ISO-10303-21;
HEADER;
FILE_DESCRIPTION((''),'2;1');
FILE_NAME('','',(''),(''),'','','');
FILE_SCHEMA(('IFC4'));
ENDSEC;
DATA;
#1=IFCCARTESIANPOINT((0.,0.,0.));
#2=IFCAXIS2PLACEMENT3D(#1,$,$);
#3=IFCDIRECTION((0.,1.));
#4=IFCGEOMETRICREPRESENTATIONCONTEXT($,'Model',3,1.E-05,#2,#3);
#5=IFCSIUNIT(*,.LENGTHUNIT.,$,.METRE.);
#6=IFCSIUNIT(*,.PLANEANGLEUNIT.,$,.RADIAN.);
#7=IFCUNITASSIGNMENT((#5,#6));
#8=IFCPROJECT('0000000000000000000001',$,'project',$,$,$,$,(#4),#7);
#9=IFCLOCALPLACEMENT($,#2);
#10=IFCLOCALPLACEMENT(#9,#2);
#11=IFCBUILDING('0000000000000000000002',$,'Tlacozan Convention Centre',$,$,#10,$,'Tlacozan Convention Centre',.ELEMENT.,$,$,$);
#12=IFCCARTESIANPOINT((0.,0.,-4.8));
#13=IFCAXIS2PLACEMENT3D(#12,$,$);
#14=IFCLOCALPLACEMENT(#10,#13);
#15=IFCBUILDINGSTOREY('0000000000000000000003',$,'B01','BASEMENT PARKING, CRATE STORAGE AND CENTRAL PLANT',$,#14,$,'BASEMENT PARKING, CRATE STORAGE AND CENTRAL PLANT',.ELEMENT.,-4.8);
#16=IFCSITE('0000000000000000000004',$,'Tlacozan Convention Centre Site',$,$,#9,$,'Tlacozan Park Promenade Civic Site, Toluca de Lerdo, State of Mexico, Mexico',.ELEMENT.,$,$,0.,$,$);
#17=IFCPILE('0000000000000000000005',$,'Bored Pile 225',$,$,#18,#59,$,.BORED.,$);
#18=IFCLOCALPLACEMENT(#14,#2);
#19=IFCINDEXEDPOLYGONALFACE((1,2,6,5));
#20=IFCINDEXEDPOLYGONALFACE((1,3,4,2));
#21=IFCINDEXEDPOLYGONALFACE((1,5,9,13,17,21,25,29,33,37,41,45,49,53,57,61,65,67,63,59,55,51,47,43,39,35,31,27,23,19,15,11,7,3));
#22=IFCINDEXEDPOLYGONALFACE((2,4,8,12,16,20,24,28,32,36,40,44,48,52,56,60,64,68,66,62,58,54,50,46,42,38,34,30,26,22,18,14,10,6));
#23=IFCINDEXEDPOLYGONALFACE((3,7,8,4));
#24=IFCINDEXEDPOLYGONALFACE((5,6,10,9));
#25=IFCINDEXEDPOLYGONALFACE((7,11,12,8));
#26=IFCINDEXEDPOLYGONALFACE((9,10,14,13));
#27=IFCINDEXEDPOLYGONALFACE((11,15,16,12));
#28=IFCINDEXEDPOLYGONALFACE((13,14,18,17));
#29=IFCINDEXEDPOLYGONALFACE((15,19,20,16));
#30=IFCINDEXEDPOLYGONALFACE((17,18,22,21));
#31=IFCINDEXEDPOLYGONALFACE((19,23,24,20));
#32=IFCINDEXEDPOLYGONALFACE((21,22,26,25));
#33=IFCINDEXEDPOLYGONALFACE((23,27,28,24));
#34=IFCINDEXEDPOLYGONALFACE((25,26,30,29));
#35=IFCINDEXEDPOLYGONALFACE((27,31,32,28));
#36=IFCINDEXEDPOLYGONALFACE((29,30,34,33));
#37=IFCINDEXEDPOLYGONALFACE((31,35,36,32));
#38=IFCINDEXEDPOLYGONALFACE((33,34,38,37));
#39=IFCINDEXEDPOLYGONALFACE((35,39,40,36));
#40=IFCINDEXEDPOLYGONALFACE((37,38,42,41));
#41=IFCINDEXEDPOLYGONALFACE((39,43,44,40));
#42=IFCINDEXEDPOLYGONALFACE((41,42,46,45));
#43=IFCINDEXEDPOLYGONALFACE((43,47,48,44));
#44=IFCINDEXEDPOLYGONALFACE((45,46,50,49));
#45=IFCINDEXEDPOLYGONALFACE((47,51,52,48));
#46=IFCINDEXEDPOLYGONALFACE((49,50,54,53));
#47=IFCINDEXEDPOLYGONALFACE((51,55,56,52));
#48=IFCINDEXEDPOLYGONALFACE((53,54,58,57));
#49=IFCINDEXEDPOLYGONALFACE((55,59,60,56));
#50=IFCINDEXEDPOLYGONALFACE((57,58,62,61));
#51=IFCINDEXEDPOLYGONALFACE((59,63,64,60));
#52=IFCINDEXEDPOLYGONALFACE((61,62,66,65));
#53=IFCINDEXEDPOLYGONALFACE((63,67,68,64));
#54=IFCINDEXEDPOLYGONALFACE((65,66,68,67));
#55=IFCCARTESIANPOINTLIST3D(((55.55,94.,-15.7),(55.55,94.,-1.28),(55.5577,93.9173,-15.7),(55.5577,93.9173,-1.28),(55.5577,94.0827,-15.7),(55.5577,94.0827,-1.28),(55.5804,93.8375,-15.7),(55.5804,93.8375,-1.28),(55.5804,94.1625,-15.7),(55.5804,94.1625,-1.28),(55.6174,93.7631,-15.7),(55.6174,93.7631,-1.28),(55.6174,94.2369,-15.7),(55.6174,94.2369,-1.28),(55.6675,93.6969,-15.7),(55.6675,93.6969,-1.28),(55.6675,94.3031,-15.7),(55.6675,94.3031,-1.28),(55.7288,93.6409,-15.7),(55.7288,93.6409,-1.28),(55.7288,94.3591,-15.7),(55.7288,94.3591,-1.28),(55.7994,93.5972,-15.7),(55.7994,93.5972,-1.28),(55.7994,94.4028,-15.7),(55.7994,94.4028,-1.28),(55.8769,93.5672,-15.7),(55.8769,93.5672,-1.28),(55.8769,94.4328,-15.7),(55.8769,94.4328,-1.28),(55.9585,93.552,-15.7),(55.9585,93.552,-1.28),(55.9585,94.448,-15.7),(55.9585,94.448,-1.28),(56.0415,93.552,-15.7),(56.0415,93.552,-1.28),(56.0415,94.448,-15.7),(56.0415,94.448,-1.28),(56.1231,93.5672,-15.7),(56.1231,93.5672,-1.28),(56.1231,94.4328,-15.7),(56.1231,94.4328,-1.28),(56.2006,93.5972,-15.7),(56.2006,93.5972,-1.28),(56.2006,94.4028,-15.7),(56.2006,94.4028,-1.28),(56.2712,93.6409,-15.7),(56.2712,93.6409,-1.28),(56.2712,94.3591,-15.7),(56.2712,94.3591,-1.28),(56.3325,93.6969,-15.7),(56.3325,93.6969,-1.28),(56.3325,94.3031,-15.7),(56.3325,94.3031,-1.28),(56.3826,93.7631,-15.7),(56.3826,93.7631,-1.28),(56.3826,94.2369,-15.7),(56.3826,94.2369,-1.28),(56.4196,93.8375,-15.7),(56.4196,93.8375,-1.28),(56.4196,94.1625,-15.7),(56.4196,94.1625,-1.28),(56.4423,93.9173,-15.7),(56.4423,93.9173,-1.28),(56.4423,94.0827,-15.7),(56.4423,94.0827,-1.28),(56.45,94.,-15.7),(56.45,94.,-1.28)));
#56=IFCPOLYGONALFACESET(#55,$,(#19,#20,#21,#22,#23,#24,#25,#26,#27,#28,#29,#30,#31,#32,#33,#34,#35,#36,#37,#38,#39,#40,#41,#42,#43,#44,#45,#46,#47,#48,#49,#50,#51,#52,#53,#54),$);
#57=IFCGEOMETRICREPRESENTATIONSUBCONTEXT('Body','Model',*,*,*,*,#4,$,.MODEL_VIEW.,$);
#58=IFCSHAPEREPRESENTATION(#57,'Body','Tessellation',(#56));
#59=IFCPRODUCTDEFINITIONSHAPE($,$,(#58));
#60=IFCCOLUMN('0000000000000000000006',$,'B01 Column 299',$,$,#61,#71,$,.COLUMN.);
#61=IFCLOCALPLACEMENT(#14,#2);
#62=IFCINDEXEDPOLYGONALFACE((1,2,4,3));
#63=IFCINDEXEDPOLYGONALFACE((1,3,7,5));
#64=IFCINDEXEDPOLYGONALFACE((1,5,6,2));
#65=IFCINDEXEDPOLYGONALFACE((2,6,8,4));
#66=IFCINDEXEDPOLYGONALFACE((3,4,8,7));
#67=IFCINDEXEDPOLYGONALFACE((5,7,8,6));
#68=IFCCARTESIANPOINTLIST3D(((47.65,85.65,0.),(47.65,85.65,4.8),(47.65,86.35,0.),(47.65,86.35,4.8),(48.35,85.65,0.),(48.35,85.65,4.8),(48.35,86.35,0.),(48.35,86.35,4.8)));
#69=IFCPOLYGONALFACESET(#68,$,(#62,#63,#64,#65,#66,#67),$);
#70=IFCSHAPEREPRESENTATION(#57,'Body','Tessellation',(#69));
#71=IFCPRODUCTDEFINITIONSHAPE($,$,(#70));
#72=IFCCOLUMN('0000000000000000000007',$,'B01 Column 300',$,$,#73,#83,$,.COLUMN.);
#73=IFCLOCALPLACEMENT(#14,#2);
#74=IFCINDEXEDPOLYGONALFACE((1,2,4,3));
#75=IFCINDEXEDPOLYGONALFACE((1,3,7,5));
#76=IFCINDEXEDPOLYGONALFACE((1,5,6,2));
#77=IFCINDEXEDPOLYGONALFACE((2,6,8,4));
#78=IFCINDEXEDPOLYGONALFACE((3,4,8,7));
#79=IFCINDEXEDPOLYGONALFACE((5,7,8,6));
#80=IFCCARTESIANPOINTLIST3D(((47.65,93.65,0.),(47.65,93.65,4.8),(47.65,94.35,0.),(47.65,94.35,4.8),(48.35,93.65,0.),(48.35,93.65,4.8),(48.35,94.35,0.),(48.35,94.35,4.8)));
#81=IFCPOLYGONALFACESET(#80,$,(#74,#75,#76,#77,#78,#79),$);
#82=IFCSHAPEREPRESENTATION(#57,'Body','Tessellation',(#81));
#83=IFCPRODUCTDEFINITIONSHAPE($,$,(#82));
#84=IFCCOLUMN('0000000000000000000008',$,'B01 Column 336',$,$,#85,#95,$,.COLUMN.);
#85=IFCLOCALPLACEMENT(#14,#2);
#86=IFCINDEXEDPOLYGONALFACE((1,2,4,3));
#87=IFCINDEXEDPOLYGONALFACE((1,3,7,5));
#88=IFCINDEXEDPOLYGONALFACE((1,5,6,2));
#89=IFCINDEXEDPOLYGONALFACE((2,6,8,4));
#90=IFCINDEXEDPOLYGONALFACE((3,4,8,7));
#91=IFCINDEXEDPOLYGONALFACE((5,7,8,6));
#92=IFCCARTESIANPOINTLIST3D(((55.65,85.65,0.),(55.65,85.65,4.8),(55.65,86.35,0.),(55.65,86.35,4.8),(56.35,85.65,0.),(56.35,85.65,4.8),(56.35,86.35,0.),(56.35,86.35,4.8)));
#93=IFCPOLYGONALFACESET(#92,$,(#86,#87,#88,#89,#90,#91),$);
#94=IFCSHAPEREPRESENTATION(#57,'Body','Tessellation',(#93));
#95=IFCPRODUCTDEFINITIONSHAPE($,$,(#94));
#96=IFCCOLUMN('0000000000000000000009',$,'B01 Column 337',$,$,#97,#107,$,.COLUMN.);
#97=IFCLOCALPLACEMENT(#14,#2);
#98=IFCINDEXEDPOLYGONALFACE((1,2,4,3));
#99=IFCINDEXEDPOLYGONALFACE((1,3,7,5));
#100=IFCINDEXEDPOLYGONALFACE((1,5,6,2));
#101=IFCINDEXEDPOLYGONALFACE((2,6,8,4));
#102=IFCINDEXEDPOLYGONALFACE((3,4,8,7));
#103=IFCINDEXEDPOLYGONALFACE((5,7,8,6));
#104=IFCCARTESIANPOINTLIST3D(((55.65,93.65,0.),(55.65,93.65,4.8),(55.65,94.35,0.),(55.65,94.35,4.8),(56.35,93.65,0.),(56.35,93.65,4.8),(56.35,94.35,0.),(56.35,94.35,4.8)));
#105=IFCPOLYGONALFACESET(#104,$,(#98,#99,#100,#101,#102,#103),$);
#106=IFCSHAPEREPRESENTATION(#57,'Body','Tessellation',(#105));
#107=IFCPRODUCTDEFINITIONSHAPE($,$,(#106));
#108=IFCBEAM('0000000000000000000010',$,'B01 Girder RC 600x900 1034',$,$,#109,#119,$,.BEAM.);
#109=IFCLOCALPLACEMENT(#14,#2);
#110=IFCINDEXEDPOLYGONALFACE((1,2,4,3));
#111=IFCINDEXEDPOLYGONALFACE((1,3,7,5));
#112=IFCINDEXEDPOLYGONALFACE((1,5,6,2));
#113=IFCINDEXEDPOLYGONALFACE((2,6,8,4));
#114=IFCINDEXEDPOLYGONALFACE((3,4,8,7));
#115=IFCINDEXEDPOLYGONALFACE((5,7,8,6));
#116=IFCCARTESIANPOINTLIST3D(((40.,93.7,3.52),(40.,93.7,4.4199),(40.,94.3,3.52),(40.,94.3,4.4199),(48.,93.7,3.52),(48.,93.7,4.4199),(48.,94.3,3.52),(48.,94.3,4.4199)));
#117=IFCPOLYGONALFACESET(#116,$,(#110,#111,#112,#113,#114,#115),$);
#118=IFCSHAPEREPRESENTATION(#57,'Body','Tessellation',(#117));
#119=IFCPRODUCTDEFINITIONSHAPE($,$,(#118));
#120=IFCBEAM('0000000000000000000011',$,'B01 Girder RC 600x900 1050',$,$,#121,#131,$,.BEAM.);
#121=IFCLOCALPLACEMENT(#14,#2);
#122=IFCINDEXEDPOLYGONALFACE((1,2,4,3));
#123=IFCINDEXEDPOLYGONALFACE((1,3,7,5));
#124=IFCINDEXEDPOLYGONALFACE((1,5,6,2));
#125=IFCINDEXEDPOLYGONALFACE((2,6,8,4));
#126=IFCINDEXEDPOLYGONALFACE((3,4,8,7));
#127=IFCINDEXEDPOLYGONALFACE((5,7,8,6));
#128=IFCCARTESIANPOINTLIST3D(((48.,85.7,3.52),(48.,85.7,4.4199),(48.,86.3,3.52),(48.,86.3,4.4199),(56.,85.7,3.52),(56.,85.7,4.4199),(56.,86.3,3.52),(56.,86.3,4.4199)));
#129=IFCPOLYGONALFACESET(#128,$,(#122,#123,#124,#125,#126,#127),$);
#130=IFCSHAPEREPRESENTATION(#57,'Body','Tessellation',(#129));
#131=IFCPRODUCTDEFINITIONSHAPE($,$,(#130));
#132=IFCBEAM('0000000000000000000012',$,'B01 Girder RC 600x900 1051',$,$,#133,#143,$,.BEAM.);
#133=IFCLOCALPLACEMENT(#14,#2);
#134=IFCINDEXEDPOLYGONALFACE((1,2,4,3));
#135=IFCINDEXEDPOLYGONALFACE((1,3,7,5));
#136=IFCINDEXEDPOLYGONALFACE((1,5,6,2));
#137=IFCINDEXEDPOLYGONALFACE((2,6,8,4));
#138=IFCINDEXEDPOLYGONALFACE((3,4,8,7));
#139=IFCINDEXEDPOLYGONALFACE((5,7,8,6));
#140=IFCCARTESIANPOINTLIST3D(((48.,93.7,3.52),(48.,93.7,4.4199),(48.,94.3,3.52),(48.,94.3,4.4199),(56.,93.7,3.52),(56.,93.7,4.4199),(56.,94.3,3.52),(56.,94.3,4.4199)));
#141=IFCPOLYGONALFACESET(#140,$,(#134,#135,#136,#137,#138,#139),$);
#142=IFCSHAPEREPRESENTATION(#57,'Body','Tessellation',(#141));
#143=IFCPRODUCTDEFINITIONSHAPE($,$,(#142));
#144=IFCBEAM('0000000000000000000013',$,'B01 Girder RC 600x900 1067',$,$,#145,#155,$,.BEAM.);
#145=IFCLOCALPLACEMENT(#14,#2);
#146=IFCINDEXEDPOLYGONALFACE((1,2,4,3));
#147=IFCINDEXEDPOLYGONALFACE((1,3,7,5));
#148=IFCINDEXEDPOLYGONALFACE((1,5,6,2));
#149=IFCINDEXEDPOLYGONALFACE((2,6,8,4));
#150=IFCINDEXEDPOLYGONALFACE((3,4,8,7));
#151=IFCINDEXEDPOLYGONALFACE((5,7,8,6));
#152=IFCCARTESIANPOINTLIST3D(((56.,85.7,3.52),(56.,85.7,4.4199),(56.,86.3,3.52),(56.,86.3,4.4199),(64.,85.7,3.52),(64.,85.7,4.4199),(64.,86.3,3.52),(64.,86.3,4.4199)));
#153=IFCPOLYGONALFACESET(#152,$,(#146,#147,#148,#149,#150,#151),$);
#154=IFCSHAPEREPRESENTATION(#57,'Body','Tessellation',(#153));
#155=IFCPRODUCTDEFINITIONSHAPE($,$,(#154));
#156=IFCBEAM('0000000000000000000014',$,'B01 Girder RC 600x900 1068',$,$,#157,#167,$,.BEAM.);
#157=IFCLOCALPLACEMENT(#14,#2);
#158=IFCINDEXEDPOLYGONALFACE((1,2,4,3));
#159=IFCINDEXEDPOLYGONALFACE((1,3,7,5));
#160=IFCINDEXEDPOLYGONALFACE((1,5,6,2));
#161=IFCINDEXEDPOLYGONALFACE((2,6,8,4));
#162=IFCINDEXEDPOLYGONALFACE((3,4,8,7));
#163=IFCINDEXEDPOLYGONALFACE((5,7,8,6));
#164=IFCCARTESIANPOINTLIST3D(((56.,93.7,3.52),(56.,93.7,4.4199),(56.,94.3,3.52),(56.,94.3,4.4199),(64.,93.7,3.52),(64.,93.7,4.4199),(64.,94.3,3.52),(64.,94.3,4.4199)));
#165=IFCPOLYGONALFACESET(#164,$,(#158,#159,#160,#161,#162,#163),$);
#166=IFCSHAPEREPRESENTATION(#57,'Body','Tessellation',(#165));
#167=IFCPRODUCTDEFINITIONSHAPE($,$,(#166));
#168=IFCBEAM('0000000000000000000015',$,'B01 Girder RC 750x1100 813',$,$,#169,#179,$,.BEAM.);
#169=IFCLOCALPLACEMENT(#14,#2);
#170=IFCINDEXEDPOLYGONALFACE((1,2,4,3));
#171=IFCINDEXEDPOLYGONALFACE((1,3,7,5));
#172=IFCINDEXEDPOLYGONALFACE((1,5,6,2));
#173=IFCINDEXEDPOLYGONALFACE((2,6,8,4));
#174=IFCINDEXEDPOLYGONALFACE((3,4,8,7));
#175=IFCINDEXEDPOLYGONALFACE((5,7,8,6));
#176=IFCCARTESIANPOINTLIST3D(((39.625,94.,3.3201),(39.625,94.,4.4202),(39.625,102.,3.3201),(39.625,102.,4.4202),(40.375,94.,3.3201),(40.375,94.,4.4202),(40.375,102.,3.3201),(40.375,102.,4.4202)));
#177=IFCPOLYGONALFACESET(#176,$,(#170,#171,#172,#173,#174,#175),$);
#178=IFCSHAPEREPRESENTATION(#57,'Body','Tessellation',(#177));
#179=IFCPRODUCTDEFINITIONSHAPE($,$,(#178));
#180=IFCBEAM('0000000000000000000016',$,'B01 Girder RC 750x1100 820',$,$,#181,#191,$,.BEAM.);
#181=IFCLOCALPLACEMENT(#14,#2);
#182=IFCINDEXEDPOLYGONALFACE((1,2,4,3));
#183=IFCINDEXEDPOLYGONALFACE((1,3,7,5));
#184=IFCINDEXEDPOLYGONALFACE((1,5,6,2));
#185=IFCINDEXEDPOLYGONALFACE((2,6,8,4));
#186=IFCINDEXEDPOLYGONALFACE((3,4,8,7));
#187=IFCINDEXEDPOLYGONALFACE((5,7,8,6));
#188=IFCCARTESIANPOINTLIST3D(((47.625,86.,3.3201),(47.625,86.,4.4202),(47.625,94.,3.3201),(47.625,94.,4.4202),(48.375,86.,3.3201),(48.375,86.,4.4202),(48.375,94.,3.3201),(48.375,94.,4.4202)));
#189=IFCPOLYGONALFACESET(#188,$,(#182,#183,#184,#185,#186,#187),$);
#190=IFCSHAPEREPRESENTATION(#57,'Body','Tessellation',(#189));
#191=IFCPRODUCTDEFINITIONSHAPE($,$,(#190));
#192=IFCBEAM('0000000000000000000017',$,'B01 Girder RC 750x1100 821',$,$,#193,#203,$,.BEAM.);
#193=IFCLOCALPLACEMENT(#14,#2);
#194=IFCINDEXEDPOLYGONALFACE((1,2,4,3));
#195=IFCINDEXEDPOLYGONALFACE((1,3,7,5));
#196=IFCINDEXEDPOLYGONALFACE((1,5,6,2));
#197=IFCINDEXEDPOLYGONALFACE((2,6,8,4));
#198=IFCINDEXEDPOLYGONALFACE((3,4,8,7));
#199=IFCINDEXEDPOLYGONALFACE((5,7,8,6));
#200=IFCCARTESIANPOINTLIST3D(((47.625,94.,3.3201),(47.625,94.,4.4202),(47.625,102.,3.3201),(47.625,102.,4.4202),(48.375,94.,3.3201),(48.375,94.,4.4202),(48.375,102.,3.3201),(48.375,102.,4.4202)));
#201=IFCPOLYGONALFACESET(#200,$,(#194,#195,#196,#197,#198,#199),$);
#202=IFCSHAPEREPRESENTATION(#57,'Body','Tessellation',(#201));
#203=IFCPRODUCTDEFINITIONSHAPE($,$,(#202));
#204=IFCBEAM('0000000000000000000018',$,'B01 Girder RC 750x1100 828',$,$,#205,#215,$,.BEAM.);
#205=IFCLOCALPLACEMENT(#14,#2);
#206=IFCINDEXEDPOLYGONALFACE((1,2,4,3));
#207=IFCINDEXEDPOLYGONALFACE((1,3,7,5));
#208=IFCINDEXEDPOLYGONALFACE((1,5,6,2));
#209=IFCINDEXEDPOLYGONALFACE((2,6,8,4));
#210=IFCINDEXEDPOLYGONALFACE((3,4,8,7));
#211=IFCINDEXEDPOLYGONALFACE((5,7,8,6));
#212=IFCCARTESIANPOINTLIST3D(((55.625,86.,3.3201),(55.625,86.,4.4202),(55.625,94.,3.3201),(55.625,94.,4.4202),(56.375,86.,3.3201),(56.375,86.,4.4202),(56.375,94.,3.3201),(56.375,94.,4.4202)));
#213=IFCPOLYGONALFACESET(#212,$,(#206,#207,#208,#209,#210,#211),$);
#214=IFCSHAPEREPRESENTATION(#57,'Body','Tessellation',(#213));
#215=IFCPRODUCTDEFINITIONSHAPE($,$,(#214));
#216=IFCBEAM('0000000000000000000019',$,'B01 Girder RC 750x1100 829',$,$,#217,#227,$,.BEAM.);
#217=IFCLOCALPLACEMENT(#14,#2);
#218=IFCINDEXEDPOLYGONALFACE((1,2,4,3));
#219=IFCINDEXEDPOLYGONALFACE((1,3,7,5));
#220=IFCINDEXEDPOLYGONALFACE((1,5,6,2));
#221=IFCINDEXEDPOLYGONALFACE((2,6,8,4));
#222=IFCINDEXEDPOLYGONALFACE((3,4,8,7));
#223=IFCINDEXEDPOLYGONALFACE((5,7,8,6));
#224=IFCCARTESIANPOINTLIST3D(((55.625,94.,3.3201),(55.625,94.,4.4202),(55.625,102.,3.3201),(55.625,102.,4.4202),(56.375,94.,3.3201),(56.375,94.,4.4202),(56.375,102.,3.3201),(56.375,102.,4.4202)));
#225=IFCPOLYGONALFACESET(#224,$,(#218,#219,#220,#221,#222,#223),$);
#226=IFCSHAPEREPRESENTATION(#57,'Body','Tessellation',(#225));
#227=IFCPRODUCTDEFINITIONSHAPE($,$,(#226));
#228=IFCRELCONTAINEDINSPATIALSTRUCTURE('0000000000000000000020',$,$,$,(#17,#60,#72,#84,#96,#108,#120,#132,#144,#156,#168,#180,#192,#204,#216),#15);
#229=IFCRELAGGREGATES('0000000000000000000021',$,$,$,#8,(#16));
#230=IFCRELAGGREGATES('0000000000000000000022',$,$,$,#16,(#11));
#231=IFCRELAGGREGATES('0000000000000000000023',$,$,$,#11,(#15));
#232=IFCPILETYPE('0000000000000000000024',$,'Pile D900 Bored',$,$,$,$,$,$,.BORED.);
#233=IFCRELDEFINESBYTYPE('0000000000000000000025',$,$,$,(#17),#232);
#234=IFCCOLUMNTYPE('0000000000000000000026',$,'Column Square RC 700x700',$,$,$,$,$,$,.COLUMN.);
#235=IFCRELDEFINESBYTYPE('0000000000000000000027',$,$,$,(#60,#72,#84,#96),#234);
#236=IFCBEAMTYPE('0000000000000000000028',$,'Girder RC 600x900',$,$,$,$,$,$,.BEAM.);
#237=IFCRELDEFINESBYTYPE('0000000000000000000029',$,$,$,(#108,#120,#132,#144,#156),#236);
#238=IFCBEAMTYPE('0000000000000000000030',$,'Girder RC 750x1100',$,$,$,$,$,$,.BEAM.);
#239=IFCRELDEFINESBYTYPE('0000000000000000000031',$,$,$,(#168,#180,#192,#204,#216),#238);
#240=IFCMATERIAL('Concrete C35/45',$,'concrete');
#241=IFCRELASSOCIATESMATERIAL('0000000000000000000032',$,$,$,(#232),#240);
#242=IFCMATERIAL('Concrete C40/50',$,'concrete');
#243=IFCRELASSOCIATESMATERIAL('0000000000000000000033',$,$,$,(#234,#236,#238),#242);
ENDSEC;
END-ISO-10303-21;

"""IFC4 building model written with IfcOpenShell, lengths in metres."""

from ifc_helpers import new_model, si_unit, direction, frame, origin, origin_2d, place, context, subcontext, project, spatial, rectangle, circle, extrude, material, material_profile, profile_set, type_object, element, save


model = new_model("IFC4")

# Units and contexts
model_context = context("Model", 3, precision=1e-05, world=origin(), true_north=direction((0.0, 1.0)))
body_context = subcontext(model_context, "Body", "Model", "MODEL_VIEW")
ifc_project = project(units=[si_unit("LENGTHUNIT", "METRE"), si_unit("PLANEANGLEUNIT", "RADIAN")], contexts=[model_context])

# Site, building, storey
site_placement = place(None, origin())
site = spatial("IfcSite", under=ifc_project, at=site_placement, Name="Tlacozan Convention Centre Site", LongName="Tlacozan Park Promenade Civic Site, Toluca de Lerdo, State of Mexico, Mexico", CompositionType="ELEMENT", RefElevation=0.0)
building_placement = place(site_placement, origin())
building = spatial("IfcBuilding", under=site, at=building_placement, Name="Tlacozan Convention Centre", LongName="Tlacozan Convention Centre", CompositionType="ELEMENT")
storey_placement = place(building_placement, frame((0.0, 0.0, -4.8)))
storey = spatial("IfcBuildingStorey", under=building, at=storey_placement, Name="B01", Description="BASEMENT PARKING, CRATE STORAGE AND CENTRAL PLANT", LongName="BASEMENT PARKING, CRATE STORAGE AND CENTRAL PLANT", CompositionType="ELEMENT", Elevation=-4.8)

# Shared definitions
ifc_material_1 = material(Name="Concrete C35/45", Category="concrete")

# Pile
ifc_material_profile_1 = material_profile(ifc_material_1, circle(Radius=0.45, at=origin_2d()), Name="PILE D900")
ifc_profile_set_1 = profile_set([ifc_material_profile_1], Name="Concrete C35/45")
pile_type_1 = type_object("IfcPileType", Name="Pile D900 Bored", PredefinedType="BORED", material=ifc_profile_set_1)
for number, where, z_axis, x_axis, name in (
    (1, (56.0, 94.0, -1.28), (0.0, 0.0, -1.0), (1.0, 0.0, 0.0), "Bored Pile 225"),
):
    element("IfcPile", number, at=place(storey_placement, frame(where, z_axis=z_axis, x_axis=x_axis)), inside=storey, type_object=pile_type_1, Name=name, PredefinedType="BORED", context=body_context, shape_type="SweptSolid", body=[
        extrude(circle(Radius=0.45, at=origin_2d()), origin(), (0.0, 0.0, 1.0), 14.4199),
    ])

# Columns
ifc_material_2 = material(Name="Concrete C40/50", Category="concrete")
ifc_material_profile_2 = material_profile(ifc_material_2, rectangle(XDim=0.7, YDim=0.7, at=origin_2d()), Name="RC 700x700")
ifc_profile_set_2 = profile_set([ifc_material_profile_2], Name="Concrete C40/50")
column_type = type_object("IfcColumnType", Name="Column Square RC 700x700", PredefinedType="COLUMN", material=ifc_profile_set_2)
for number, where, z_axis, x_axis, name in (
    (2, (48.0, 86.0, 0.0), (0.0, 0.0, 1.0), (1.0, 0.0, 0.0), "B01 Column 299"),
    (3, (48.0, 94.0, 0.0), (0.0, 0.0, 1.0), (1.0, 0.0, 0.0), "B01 Column 300"),
    (4, (56.0, 86.0, 0.0), (0.0, 0.0, 1.0), (1.0, 0.0, 0.0), "B01 Column 336"),
    (5, (56.0, 94.0, 0.0), (0.0, 0.0, 1.0), (1.0, 0.0, 0.0), "B01 Column 337"),
):
    element("IfcColumn", number, at=place(storey_placement, frame(where, z_axis=z_axis, x_axis=x_axis)), inside=storey, type_object=column_type, Name=name, PredefinedType="COLUMN", context=body_context, shape_type="SweptSolid", body=[
        extrude(rectangle(XDim=0.7, YDim=0.7, at=origin_2d()), origin(), (0.0, 0.0, 1.0), 4.8),
    ])

# Beams
ifc_material_profile_3 = material_profile(ifc_material_2, rectangle(XDim=0.6001, YDim=0.8999, at=origin_2d()), Name="RC 600x900")
ifc_profile_set_3 = profile_set([ifc_material_profile_3], Name="Concrete C40/50")
beam_type_1 = type_object("IfcBeamType", Name="Girder RC 600x900", PredefinedType="BEAM", material=ifc_profile_set_3)
for number, where, z_axis, x_axis, name in (
    (6, (40.0, 94.0, 3.97), (1.0, 0.0, 0.0), (0.0, 1.0, 0.0), "B01 Girder RC 600x900 1034"),
    (7, (48.0, 86.0, 3.97), (1.0, 0.0, 0.0), (0.0, 1.0, 0.0), "B01 Girder RC 600x900 1050"),
    (8, (48.0, 94.0, 3.97), (1.0, 0.0, 0.0), (0.0, 1.0, 0.0), "B01 Girder RC 600x900 1051"),
    (9, (56.0, 86.0, 3.97), (1.0, 0.0, 0.0), (0.0, 1.0, 0.0), "B01 Girder RC 600x900 1067"),
    (10, (56.0, 94.0, 3.97), (1.0, 0.0, 0.0), (0.0, 1.0, 0.0), "B01 Girder RC 600x900 1068"),
):
    element("IfcBeam", number, at=place(storey_placement, frame(where, z_axis=z_axis, x_axis=x_axis)), inside=storey, type_object=beam_type_1, Name=name, PredefinedType="BEAM", context=body_context, shape_type="SweptSolid", body=[
        extrude(rectangle(XDim=0.6001, YDim=0.8999, at=origin_2d()), origin(), (0.0, 0.0, 1.0), 8.0),
    ])
ifc_material_profile_4 = material_profile(ifc_material_2, rectangle(XDim=0.75, YDim=1.1001, at=origin_2d()), Name="RC 750x1100")
ifc_profile_set_4 = profile_set([ifc_material_profile_4], Name="Concrete C40/50")
beam_type_2 = type_object("IfcBeamType", Name="Girder RC 750x1100", PredefinedType="BEAM", material=ifc_profile_set_4)
for number, where, z_axis, x_axis, name in (
    (11, (40.0, 94.0, 3.8701), (0.0, 1.0, 0.0), (-1.0, 0.0, 0.0), "B01 Girder RC 750x1100 813"),
    (12, (48.0, 86.0, 3.8701), (0.0, 1.0, 0.0), (-1.0, 0.0, 0.0), "B01 Girder RC 750x1100 820"),
    (13, (48.0, 94.0, 3.8701), (0.0, 1.0, 0.0), (-1.0, 0.0, 0.0), "B01 Girder RC 750x1100 821"),
    (14, (56.0, 86.0, 3.8701), (0.0, 1.0, 0.0), (-1.0, 0.0, 0.0), "B01 Girder RC 750x1100 828"),
    (15, (56.0, 94.0, 3.8701), (0.0, 1.0, 0.0), (-1.0, 0.0, 0.0), "B01 Girder RC 750x1100 829"),
):
    element("IfcBeam", number, at=place(storey_placement, frame(where, z_axis=z_axis, x_axis=x_axis)), inside=storey, type_object=beam_type_2, Name=name, PredefinedType="BEAM", context=body_context, shape_type="SweptSolid", body=[
        extrude(rectangle(XDim=0.75, YDim=1.1001, at=origin_2d()), origin(), (0.0, 0.0, 1.0), 8.0),
    ])

save(model, "model.ifc")
